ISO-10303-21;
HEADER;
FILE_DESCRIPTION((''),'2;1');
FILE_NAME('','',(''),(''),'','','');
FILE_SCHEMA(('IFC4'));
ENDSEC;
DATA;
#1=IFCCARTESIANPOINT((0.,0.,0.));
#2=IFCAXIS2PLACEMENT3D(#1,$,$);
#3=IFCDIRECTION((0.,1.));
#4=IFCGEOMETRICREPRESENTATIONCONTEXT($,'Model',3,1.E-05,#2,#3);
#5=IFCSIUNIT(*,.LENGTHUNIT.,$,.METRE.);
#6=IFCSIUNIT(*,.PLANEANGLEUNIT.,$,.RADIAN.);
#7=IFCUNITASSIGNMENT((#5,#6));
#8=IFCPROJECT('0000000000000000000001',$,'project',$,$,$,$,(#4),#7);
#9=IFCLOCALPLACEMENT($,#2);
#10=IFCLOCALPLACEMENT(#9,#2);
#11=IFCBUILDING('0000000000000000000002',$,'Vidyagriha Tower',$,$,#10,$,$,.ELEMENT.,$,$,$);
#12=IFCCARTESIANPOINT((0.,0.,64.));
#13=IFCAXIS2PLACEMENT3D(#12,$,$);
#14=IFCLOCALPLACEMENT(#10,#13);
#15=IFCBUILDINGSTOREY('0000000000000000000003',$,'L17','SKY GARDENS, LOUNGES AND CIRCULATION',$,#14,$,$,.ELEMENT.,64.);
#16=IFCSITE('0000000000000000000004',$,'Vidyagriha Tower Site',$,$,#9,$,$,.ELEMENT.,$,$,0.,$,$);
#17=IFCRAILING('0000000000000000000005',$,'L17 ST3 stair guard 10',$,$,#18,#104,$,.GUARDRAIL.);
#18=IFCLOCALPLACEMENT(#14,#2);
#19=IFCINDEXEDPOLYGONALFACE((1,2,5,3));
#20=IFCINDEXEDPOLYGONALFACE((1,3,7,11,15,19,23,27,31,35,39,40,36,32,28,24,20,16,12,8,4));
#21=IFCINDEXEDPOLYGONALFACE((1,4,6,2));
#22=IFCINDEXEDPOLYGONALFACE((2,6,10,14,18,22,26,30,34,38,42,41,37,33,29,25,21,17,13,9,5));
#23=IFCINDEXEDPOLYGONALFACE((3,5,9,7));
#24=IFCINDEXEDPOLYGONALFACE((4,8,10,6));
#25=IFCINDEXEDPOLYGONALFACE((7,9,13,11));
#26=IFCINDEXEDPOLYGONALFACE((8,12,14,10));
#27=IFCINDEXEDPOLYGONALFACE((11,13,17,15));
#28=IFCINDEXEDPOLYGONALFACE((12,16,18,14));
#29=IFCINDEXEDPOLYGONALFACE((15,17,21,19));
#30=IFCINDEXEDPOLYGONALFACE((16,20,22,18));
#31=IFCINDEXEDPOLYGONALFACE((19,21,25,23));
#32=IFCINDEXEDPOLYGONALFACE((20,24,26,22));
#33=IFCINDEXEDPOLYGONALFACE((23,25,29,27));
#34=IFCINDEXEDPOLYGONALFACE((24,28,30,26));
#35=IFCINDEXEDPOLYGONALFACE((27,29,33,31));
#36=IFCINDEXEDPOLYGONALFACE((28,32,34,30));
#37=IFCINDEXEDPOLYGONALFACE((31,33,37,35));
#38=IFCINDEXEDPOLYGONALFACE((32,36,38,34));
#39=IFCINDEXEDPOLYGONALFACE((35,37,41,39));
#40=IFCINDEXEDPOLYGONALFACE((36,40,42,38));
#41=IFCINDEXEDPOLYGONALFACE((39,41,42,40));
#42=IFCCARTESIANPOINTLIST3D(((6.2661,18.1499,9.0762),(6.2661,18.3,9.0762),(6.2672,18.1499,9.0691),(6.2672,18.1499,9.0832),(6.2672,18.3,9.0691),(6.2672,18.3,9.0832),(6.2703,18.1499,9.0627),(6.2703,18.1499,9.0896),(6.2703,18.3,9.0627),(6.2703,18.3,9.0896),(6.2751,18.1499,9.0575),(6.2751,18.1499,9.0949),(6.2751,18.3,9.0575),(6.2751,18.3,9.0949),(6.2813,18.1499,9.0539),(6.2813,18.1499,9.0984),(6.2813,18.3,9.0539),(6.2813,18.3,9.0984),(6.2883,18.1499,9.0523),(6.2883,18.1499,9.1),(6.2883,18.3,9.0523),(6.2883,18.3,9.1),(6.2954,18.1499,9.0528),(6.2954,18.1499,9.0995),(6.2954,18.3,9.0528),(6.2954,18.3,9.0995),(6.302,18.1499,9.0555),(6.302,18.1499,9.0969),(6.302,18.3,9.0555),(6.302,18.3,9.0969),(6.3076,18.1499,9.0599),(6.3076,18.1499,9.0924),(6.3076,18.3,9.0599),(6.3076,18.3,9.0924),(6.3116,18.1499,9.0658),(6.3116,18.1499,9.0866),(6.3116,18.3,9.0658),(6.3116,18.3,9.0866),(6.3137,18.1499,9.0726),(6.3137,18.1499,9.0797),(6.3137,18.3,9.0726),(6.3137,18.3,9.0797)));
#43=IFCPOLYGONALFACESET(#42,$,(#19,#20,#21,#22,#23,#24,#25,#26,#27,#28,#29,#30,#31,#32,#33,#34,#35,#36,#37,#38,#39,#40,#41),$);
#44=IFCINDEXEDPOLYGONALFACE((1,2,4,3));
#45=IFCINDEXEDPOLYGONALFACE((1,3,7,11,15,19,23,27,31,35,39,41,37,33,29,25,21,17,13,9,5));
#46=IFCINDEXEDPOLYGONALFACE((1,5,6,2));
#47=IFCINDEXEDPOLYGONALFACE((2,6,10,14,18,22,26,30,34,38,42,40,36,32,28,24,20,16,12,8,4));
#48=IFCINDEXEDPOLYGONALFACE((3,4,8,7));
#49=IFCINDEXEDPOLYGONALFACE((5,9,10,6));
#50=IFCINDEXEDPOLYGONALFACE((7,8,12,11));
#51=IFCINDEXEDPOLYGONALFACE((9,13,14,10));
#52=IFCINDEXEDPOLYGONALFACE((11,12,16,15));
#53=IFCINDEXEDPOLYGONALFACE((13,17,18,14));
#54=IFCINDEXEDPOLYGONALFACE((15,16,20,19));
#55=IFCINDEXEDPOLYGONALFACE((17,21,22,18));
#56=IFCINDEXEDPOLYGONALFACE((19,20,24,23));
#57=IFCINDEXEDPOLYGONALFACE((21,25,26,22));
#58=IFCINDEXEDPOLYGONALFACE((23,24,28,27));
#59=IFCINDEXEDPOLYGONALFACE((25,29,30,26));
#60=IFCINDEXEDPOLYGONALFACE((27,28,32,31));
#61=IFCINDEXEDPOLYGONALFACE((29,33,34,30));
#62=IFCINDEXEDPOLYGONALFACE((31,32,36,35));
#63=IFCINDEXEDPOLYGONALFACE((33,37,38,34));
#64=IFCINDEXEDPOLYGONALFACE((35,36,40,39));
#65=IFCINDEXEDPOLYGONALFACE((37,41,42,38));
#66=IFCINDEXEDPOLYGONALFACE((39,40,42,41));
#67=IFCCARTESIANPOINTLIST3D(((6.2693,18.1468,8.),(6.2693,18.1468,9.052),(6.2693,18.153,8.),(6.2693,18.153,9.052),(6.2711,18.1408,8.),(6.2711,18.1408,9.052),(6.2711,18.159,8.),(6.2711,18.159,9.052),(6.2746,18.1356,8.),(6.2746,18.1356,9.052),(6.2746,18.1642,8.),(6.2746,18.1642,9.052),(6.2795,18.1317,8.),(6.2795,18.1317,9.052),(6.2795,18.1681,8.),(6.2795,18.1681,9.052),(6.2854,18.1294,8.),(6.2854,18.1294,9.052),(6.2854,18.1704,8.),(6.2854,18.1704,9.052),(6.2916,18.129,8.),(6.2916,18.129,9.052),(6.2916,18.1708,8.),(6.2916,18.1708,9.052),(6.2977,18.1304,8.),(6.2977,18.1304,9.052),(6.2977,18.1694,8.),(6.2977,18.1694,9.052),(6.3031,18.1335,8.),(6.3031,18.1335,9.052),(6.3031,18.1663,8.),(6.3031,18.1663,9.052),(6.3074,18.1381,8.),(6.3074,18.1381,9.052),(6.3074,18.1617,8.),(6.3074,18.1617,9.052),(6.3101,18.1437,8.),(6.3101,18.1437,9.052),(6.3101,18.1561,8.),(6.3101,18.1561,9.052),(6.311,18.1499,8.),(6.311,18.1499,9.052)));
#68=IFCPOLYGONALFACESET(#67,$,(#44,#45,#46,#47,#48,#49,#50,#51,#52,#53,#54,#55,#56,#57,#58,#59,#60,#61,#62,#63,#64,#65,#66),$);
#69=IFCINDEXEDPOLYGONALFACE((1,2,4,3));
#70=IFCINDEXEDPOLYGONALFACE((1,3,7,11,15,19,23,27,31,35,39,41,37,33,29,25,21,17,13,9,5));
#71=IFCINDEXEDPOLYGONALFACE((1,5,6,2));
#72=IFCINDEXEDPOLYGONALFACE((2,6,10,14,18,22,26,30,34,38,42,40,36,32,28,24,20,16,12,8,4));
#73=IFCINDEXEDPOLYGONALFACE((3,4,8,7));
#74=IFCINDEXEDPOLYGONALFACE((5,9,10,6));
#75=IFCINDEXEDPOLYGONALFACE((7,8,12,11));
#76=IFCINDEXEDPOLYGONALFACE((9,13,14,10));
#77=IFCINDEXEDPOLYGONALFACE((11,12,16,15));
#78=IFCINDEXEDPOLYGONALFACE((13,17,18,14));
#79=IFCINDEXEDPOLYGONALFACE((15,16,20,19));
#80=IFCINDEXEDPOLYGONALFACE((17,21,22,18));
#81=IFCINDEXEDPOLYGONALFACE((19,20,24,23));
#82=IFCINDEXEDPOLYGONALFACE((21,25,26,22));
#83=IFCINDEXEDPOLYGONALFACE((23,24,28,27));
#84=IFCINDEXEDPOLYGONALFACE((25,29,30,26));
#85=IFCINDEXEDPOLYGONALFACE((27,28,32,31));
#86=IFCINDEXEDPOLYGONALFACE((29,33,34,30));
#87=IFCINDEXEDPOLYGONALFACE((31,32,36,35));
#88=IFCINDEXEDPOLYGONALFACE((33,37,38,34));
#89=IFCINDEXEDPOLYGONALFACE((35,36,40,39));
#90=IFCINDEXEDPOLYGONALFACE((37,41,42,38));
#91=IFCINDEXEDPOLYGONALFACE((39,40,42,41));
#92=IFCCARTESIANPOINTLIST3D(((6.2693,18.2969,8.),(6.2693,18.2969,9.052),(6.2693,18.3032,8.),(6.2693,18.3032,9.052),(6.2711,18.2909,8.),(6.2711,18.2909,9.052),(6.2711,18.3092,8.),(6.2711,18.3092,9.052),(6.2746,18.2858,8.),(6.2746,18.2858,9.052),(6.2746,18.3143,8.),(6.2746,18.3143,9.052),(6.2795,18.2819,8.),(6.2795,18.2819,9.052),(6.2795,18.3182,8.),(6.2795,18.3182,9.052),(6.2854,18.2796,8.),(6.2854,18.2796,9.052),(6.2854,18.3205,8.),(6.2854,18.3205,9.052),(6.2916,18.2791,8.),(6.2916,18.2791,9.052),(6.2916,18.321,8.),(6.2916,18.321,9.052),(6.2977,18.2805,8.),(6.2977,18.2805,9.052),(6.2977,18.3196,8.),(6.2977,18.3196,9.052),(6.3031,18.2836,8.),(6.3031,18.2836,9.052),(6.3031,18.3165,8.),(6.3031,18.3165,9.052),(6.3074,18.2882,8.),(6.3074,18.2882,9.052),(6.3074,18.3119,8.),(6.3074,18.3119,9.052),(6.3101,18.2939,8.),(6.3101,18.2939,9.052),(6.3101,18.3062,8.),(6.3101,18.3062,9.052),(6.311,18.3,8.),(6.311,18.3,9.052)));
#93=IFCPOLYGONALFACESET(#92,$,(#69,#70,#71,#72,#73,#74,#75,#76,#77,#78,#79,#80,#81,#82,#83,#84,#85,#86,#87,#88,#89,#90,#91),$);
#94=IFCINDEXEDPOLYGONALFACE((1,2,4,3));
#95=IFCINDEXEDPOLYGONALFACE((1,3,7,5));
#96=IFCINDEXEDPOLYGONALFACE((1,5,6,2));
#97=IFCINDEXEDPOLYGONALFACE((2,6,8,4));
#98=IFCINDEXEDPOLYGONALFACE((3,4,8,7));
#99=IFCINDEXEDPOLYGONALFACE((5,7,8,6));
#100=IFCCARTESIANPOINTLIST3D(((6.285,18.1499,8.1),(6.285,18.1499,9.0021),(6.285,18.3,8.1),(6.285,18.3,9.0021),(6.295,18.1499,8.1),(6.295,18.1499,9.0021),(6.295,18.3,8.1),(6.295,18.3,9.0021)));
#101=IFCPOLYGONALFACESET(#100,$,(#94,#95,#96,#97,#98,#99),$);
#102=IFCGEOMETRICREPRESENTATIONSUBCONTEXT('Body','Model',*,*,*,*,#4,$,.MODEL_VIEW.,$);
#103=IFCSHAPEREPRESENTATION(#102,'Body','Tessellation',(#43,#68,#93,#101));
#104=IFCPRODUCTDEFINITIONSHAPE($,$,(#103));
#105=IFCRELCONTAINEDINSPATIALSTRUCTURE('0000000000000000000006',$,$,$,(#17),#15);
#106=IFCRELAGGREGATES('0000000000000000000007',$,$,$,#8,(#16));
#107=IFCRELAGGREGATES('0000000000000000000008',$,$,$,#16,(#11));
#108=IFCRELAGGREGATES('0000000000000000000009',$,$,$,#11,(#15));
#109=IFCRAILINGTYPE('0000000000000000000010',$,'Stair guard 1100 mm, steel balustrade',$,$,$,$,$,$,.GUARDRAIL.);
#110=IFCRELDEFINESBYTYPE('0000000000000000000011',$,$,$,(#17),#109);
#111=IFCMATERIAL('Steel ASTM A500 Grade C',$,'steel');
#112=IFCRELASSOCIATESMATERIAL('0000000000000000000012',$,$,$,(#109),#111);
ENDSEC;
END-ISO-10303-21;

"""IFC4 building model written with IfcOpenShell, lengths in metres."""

from ifc_helpers import new_model, si_unit, direction, frame, origin, origin_2d, place, context, subcontext, project, spatial, rectangle, circle, extrude, material, type_object, element, save


model = new_model("IFC4")

# Units and contexts
model_context = context("Model", 3, precision=1e-05, world=origin(), true_north=direction((0.0, 1.0)))
body_context = subcontext(model_context, "Body", "Model", "MODEL_VIEW")
ifc_project = project(units=[si_unit("LENGTHUNIT", "METRE"), si_unit("PLANEANGLEUNIT", "RADIAN")], contexts=[model_context])

# Site, building, storey
site_placement = place(None, origin())
site = spatial("IfcSite", under=ifc_project, at=site_placement, Name="Vidyagriha Tower Site", CompositionType="ELEMENT", RefElevation=0.0)
building_placement = place(site_placement, origin())
building = spatial("IfcBuilding", under=site, at=building_placement, Name="Vidyagriha Tower", CompositionType="ELEMENT")
storey_placement = place(building_placement, frame((0.0, 0.0, 64.0)))
storey = spatial("IfcBuildingStorey", under=building, at=storey_placement, Name="L17", Description="SKY GARDENS, LOUNGES AND CIRCULATION", CompositionType="ELEMENT", Elevation=64.0)

# Railing
ifc_material_1 = material(Name="Steel ASTM A500 Grade C", Category="steel")
railing_type_1 = type_object("IfcRailingType", Name="Stair guard 1100 mm, steel balustrade", PredefinedType="GUARDRAIL", material=ifc_material_1)
railing_1_placement = place(storey_placement, frame((6.29, 18.1499, 8.0)))
element("IfcRailing", 1, at=railing_1_placement, inside=storey, type_object=railing_type_1, Name="L17 ST3 stair guard 10", PredefinedType="GUARDRAIL", context=body_context, shape_type="SweptSolid", body=[
    extrude(circle(Radius=0.0239, at=origin_2d()), frame((0.0, 0.0, 1.0762), z_axis=(0.0, 1.0, 0.0), x_axis=(-1.0, 0.0, 0.0)), (0.0, 0.0, 1.0), 0.1501),
    extrude(circle(Radius=0.021, at=origin_2d()), origin(), (0.0, 0.0, 1.0), 1.052),
    extrude(circle(Radius=0.021, at=origin_2d()), frame((0.0, 0.1501, 0.0)), (0.0, 0.0, 1.0), 1.052),
    extrude(rectangle(XDim=0.01, YDim=0.9021, at=origin_2d()), frame((0.0, 0.0, 0.551), z_axis=(0.0, 1.0, 0.0), x_axis=(-1.0, 0.0, 0.0)), (0.0, 0.0, 1.0), 0.1501),
])

save(model, "model.ifc")
